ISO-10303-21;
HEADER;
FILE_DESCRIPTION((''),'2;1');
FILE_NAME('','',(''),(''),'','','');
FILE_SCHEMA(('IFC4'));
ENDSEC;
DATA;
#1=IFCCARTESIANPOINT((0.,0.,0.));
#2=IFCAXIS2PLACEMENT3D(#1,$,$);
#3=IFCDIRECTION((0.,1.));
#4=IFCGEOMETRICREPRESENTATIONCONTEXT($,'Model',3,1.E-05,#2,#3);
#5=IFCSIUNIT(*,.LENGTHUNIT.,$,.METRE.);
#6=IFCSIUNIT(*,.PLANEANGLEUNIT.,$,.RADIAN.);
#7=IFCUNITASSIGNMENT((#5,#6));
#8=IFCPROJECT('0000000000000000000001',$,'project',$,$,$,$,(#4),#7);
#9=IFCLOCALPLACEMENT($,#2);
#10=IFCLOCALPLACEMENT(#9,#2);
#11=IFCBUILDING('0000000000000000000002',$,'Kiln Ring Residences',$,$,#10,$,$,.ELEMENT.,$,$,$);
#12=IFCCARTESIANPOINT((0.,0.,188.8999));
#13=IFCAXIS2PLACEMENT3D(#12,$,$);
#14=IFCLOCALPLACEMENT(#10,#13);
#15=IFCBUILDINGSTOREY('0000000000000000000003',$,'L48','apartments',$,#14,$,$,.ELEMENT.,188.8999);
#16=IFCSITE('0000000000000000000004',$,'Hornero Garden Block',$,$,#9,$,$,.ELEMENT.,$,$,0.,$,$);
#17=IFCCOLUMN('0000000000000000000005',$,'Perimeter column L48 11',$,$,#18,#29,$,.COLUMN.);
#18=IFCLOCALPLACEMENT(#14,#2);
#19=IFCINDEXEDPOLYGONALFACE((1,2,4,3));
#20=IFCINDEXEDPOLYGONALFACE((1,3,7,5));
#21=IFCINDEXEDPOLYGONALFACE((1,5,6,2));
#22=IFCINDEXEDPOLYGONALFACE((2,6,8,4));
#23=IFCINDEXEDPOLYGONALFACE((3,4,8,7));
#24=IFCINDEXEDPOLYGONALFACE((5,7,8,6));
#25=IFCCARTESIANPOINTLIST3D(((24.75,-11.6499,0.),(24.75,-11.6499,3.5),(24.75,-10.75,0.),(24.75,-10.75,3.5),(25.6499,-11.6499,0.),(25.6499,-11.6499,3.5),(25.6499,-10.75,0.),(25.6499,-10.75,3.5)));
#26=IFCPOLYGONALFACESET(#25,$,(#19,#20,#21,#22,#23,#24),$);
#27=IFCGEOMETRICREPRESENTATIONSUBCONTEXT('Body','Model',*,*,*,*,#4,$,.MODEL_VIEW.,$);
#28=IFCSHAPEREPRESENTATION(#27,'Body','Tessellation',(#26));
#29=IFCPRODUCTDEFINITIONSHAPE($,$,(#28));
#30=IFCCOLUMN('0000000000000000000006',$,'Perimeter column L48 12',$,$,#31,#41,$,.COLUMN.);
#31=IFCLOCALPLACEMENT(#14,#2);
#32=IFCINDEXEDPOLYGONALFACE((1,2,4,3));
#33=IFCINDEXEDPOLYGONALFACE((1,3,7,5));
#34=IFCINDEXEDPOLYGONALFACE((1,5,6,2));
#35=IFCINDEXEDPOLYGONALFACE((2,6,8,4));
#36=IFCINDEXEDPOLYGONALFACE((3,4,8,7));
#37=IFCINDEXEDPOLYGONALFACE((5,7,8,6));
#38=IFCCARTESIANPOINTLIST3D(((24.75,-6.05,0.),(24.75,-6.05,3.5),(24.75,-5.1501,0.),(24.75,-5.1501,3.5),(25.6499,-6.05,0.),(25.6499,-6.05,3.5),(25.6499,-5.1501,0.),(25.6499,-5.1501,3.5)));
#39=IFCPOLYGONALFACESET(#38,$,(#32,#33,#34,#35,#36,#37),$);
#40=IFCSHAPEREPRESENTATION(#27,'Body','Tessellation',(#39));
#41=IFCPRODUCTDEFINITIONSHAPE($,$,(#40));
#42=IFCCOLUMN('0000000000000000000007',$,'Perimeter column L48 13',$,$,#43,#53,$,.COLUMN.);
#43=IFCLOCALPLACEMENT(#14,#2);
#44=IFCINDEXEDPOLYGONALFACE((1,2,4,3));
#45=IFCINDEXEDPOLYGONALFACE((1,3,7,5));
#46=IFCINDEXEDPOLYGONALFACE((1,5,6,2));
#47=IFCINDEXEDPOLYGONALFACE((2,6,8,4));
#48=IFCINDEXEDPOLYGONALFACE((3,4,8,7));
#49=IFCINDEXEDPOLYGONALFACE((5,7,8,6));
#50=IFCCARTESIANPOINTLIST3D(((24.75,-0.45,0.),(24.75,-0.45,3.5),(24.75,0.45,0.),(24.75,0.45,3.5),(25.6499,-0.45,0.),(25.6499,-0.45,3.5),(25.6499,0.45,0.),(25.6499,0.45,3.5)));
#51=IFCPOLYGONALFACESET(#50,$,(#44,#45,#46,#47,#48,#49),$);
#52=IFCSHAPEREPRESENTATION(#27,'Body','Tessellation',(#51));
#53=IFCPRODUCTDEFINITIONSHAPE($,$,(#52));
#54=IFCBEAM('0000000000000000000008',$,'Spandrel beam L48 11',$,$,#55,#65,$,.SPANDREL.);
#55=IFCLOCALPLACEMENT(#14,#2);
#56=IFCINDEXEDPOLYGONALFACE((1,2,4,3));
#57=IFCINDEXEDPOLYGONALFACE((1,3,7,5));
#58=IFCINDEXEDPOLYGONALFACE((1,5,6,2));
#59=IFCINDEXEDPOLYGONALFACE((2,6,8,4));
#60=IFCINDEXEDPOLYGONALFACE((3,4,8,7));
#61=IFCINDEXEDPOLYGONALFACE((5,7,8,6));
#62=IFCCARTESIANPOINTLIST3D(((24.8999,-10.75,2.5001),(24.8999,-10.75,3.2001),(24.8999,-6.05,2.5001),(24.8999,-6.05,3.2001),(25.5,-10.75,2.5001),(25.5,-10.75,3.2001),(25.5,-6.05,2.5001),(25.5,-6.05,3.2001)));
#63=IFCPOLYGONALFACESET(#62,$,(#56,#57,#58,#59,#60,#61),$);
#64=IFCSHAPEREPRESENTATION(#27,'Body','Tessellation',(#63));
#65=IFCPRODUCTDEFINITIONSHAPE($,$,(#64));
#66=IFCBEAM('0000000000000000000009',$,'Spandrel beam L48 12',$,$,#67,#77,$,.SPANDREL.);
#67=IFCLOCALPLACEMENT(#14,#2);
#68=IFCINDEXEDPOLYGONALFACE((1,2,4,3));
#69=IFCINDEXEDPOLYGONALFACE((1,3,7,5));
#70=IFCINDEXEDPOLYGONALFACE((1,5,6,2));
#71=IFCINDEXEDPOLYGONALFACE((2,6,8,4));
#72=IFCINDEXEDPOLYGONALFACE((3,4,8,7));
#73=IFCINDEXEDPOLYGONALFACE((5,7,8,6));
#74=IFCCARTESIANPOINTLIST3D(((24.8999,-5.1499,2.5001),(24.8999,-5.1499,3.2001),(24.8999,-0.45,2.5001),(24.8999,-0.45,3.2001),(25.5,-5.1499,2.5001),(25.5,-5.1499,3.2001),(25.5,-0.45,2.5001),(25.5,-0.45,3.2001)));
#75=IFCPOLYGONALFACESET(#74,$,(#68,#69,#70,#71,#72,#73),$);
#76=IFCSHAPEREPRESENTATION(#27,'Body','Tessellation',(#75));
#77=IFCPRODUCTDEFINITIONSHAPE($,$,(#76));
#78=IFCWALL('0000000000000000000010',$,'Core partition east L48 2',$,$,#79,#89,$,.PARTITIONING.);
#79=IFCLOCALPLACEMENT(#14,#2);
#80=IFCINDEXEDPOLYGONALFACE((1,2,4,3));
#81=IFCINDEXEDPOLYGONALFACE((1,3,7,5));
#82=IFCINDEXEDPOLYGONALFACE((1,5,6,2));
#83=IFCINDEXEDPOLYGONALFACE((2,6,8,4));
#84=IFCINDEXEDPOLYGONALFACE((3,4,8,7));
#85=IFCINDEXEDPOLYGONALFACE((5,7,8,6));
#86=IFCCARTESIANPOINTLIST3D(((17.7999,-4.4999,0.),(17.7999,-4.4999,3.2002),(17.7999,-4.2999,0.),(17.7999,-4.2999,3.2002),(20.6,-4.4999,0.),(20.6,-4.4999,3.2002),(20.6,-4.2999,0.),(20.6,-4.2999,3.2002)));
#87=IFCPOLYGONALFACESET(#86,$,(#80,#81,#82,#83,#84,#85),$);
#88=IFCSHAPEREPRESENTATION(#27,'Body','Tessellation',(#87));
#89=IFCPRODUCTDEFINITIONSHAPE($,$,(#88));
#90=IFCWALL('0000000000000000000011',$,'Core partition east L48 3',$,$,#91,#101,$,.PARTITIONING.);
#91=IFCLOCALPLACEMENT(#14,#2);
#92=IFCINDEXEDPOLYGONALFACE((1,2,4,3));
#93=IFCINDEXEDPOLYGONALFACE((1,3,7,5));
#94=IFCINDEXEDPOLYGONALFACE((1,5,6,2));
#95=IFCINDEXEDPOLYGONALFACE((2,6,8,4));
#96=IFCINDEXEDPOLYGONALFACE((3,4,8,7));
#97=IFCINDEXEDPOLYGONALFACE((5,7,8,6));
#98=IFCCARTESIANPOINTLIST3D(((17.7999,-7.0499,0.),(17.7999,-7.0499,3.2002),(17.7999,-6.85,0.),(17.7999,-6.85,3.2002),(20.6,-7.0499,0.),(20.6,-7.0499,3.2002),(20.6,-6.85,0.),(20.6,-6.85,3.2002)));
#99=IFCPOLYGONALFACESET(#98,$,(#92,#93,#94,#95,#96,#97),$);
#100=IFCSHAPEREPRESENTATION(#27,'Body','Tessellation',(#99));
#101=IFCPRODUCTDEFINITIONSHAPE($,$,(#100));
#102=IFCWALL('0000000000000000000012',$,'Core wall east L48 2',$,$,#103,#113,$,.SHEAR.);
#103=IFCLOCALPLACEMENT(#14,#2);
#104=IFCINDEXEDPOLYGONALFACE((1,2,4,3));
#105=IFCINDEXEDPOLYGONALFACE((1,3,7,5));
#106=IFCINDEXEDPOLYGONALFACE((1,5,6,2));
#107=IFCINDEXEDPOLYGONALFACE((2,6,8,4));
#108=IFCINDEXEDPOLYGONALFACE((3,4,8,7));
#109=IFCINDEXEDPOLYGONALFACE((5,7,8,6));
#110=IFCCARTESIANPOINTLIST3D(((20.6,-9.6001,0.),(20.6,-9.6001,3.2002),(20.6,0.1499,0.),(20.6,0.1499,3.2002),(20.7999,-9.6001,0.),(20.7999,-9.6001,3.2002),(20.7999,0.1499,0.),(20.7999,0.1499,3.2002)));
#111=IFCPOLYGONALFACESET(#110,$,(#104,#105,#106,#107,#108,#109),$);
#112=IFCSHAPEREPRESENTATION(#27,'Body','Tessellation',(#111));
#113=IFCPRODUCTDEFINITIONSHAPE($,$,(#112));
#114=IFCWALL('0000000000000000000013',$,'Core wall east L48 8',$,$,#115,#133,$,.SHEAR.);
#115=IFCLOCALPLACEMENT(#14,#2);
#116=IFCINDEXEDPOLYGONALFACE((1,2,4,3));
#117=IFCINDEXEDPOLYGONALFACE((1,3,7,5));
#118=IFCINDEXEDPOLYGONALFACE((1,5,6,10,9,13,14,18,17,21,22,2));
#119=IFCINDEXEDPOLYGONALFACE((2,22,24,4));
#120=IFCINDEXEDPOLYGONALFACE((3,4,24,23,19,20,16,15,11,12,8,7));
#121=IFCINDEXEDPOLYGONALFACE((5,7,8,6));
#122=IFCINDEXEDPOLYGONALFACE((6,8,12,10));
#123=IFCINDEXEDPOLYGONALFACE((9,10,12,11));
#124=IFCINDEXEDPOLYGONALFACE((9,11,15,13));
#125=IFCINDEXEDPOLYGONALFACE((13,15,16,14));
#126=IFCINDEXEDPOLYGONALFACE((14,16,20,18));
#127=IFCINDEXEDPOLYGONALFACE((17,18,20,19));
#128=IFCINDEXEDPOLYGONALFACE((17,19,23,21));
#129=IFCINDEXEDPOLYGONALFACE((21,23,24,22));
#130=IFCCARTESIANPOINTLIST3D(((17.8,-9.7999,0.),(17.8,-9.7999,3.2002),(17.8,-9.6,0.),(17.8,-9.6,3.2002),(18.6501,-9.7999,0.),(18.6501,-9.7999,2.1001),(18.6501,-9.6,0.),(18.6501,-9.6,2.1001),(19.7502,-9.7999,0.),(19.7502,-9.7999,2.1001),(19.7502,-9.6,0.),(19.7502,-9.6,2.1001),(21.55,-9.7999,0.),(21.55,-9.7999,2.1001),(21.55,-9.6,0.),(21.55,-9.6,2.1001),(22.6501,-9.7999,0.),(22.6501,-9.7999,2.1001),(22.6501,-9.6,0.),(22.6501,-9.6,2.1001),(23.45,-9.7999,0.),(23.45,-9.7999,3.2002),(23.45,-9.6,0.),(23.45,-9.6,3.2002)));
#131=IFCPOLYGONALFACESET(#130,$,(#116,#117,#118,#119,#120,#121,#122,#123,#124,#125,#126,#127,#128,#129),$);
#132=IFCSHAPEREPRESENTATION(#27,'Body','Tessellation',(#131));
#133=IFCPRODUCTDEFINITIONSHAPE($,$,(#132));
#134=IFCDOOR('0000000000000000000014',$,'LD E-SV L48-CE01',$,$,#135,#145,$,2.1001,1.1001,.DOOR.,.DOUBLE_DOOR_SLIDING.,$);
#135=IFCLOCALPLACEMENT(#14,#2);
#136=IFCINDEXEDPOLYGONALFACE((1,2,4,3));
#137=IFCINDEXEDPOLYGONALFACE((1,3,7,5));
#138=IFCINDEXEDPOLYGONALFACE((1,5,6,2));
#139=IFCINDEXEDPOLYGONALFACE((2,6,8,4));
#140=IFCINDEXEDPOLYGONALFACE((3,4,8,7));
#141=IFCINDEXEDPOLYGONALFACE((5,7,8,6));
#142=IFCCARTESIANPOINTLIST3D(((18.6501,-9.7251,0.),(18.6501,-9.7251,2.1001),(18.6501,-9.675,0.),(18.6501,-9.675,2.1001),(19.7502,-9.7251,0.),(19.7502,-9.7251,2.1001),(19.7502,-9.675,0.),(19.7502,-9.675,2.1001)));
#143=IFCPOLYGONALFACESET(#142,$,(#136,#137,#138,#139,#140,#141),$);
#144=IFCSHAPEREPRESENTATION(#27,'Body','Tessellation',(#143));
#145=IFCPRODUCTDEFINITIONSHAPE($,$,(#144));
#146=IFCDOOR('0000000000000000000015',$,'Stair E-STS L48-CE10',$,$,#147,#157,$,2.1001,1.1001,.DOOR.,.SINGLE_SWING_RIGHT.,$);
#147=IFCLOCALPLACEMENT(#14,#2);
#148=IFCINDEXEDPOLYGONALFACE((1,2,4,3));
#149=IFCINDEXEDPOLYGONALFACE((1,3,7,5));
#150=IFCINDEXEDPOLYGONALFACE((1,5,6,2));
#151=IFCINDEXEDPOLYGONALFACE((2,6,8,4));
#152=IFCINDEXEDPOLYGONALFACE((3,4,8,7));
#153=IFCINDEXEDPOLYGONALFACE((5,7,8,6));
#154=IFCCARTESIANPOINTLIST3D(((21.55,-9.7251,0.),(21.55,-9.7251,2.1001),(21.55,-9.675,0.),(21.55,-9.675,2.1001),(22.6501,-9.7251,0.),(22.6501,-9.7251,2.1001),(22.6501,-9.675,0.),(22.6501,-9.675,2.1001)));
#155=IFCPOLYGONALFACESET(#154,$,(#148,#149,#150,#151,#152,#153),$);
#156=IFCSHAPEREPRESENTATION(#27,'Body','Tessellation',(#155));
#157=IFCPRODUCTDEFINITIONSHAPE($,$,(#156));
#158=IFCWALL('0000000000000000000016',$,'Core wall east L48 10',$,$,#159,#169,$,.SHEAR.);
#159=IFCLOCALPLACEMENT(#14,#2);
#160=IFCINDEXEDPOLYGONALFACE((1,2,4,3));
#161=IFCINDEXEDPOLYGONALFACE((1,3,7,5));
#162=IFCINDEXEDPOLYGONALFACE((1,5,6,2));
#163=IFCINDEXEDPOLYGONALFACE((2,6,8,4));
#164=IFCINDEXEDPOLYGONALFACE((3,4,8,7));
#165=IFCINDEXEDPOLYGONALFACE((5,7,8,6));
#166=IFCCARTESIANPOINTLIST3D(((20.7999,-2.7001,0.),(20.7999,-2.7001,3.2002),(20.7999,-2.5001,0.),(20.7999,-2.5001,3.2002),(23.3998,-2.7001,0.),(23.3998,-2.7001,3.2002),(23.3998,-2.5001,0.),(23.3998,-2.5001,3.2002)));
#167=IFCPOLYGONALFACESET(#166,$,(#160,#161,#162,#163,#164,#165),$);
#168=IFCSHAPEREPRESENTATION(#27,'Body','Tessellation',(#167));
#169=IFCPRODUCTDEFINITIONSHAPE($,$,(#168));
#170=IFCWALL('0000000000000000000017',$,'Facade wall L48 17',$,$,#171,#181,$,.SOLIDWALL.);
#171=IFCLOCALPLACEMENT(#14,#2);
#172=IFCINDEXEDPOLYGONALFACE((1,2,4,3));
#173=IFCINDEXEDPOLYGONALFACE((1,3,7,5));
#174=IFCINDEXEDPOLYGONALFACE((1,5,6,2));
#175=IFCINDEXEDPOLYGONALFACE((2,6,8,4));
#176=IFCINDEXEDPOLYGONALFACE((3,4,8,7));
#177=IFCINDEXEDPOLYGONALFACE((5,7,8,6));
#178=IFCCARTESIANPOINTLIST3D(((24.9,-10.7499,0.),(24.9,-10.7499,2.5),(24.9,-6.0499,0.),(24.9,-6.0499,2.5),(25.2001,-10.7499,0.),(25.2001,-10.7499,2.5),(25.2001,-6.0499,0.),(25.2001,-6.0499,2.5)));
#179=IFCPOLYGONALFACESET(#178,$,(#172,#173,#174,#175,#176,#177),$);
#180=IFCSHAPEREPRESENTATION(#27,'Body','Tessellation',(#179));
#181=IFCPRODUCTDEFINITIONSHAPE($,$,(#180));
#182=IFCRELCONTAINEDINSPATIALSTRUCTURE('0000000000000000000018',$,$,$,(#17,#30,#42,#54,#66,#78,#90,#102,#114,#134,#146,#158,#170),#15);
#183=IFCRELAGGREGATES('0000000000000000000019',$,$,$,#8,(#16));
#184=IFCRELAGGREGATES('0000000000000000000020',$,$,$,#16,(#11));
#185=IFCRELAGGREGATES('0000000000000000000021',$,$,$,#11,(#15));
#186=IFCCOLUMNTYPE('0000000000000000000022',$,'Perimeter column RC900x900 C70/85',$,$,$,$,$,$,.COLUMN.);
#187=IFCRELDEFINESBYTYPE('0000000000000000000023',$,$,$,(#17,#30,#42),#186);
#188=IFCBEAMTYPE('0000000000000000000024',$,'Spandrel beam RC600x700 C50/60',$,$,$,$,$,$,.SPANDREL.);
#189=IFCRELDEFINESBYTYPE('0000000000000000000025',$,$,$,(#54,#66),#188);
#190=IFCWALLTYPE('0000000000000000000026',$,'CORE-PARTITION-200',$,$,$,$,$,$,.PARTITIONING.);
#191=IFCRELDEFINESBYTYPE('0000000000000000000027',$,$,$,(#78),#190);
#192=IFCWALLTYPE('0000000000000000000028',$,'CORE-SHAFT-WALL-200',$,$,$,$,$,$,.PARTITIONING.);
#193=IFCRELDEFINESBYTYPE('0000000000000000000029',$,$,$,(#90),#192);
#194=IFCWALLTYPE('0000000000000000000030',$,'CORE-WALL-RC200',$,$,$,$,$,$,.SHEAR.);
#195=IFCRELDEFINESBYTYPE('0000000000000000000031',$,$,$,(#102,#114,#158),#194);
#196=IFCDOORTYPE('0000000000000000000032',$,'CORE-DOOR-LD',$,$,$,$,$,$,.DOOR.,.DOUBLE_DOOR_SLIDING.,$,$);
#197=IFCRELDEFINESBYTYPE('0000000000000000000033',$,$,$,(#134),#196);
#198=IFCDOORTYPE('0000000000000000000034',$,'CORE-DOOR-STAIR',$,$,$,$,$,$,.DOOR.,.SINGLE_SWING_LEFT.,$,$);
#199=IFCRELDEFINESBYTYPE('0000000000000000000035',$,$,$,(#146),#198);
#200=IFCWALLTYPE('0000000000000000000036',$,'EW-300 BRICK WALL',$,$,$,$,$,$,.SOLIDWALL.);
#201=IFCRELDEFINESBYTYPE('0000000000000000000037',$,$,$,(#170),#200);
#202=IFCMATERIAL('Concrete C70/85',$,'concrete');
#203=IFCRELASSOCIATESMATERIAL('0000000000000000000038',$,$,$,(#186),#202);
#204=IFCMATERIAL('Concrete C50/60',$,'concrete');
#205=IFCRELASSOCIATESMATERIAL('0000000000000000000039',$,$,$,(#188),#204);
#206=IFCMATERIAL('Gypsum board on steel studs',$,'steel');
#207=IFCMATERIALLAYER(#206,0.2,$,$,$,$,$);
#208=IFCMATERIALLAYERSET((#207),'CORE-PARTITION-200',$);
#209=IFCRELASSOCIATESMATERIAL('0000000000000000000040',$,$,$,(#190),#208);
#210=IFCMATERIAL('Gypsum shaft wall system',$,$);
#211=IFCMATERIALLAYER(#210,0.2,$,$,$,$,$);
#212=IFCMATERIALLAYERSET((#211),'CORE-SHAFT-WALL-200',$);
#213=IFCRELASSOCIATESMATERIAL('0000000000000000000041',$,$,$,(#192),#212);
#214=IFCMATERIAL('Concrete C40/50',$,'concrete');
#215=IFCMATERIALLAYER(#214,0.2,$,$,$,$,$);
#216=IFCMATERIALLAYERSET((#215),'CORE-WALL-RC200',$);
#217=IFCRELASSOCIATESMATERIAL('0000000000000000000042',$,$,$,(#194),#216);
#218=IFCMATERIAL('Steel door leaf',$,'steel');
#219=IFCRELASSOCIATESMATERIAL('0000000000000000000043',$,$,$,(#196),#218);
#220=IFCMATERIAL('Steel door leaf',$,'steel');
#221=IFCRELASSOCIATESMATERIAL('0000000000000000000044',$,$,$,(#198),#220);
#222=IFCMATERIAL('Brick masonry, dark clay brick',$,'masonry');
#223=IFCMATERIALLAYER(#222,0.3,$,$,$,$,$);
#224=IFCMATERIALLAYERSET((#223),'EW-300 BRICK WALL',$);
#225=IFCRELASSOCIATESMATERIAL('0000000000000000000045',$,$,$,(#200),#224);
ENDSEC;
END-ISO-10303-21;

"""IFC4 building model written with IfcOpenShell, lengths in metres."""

from ifc_helpers import new_model, si_unit, direction, frame, frame_2d, origin, origin_2d, place, context, subcontext, project, spatial, rectangle, extrude, material, layer, layer_set, material_profile, profile_set, type_object, element, fill, save


model = new_model("IFC4")

# Units and contexts
model_context = context("Model", 3, precision=1e-05, world=origin(), true_north=direction((0.0, 1.0)))
body_context = subcontext(model_context, "Body", "Model", "MODEL_VIEW")
ifc_project = project(units=[si_unit("LENGTHUNIT", "METRE"), si_unit("PLANEANGLEUNIT", "RADIAN")], contexts=[model_context])

# Site, building, storey
site_placement = place(None, origin())
site = spatial("IfcSite", under=ifc_project, at=site_placement, Name="Hornero Garden Block", CompositionType="ELEMENT", RefElevation=0.0)
building_placement = place(site_placement, origin())
building = spatial("IfcBuilding", under=site, at=building_placement, Name="Kiln Ring Residences", CompositionType="ELEMENT")
storey_placement = place(building_placement, frame((0.0, 0.0, 188.8999)))
storey = spatial("IfcBuildingStorey", under=building, at=storey_placement, Name="L48", Description="apartments", CompositionType="ELEMENT", Elevation=188.8999)

# Columns
ifc_material_1 = material(Name="Concrete C70/85", Category="concrete")
ifc_material_profile_1 = material_profile(ifc_material_1, rectangle(XDim=0.8999, YDim=0.8999, at=origin_2d()), Name="RC900x900")
ifc_profile_set_1 = profile_set([ifc_material_profile_1], Name="Concrete C70/85")
column_type = type_object("IfcColumnType", Name="Perimeter column RC900x900 C70/85", PredefinedType="COLUMN", material=ifc_profile_set_1)
for number, where, z_axis, x_axis, name in (
    (1, (25.2, -11.2, 0.0), (0.0, 0.0, 1.0), (1.0, 0.0, 0.0), "Perimeter column L48 11"),
    (2, (25.2, -5.6001, 0.0), (0.0, 0.0, 1.0), (1.0, 0.0, 0.0), "Perimeter column L48 12"),
    (3, (25.2, 0.0, 0.0), (0.0, 0.0, 1.0), (1.0, 0.0, 0.0), "Perimeter column L48 13"),
):
    element("IfcColumn", number, at=place(storey_placement, frame(where, z_axis=z_axis, x_axis=x_axis)), inside=storey, type_object=column_type, Name=name, PredefinedType="COLUMN", context=body_context, shape_type="SweptSolid", body=[
        extrude(rectangle(XDim=0.8999, YDim=0.8999, at=origin_2d()), origin(), (0.0, 0.0, 1.0), 3.5),
    ])

# Beams
ifc_material_2 = material(Name="Concrete C50/60", Category="concrete")
ifc_material_profile_2 = material_profile(ifc_material_2, rectangle(XDim=0.6001, YDim=0.7, at=origin_2d()), Name="RC600x700")
ifc_profile_set_2 = profile_set([ifc_material_profile_2], Name="Concrete C50/60")
beam_type = type_object("IfcBeamType", Name="Spandrel beam RC600x700 C50/60", PredefinedType="SPANDREL", material=ifc_profile_set_2)
for number, where, z_axis, x_axis, name in (
    (4, (25.2, -10.75, 2.8501), (0.0, 1.0, 0.0), (-1.0, 0.0, 0.0), "Spandrel beam L48 11"),
    (5, (25.2, -5.1499, 2.8501), (0.0, 1.0, 0.0), (-1.0, 0.0, 0.0), "Spandrel beam L48 12"),
):
    element("IfcBeam", number, at=place(storey_placement, frame(where, z_axis=z_axis, x_axis=x_axis)), inside=storey, type_object=beam_type, Name=name, PredefinedType="SPANDREL", context=body_context, shape_type="SweptSolid", body=[
        extrude(rectangle(XDim=0.6001, YDim=0.7, at=origin_2d()), origin(), (0.0, 0.0, 1.0), 4.7),
    ])

# Walls
ifc_material_3 = material(Name="Gypsum board on steel studs", Category="steel")
ifc_layer_1 = layer(ifc_material_3, 0.2)
ifc_layer_set_1 = layer_set([ifc_layer_1], Name="CORE-PARTITION-200")
wall_type_1 = type_object("IfcWallType", Name="CORE-PARTITION-200", PredefinedType="PARTITIONING", material=ifc_layer_set_1)
wall_1_placement = place(storey_placement, frame((17.8, -4.3999, 0.0), z_axis=(0.0, 0.0, 1.0), x_axis=(1.0, 0.0, 0.0)))
element("IfcWall", 6, at=wall_1_placement, inside=storey, type_object=wall_type_1, Name="Core partition east L48 2", PredefinedType="PARTITIONING", context=body_context, shape_type="SweptSolid", body=[
    extrude(rectangle(XDim=2.8, YDim=0.2, at=frame_2d((1.3999, 0.0))), origin(), (0.0, 0.0, 1.0), 3.2002),
])
ifc_material_4 = material(Name="Gypsum shaft wall system")
ifc_layer_2 = layer(ifc_material_4, 0.2)
ifc_layer_set_2 = layer_set([ifc_layer_2], Name="CORE-SHAFT-WALL-200")
wall_type_2 = type_object("IfcWallType", Name="CORE-SHAFT-WALL-200", PredefinedType="PARTITIONING", material=ifc_layer_set_2)
wall_2_placement = place(storey_placement, frame((17.8, -6.95, 0.0), z_axis=(0.0, 0.0, 1.0), x_axis=(1.0, 0.0, 0.0)))
element("IfcWall", 7, at=wall_2_placement, inside=storey, type_object=wall_type_2, Name="Core partition east L48 3", PredefinedType="PARTITIONING", context=body_context, shape_type="SweptSolid", body=[
    extrude(rectangle(XDim=2.8, YDim=0.2, at=frame_2d((1.3999, 0.0))), origin(), (0.0, 0.0, 1.0), 3.2002),
])
ifc_material_5 = material(Name="Concrete C40/50", Category="concrete")
ifc_layer_3 = layer(ifc_material_5, 0.2)
ifc_layer_set_3 = layer_set([ifc_layer_3], Name="CORE-WALL-RC200")
wall_type_3 = type_object("IfcWallType", Name="CORE-WALL-RC200", PredefinedType="SHEAR", material=ifc_layer_set_3)
wall_3_placement = place(storey_placement, frame((20.7, -9.6001, 0.0), z_axis=(0.0, 0.0, 1.0), x_axis=(0.0, 1.0, 0.0)))
element("IfcWall", 8, at=wall_3_placement, inside=storey, type_object=wall_type_3, Name="Core wall east L48 2", PredefinedType="SHEAR", context=body_context, shape_type="SweptSolid", body=[
    extrude(rectangle(XDim=9.75, YDim=0.2, at=frame_2d((4.875, 0.0))), origin(), (0.0, 0.0, 1.0), 3.2002),
])

# Wall, openings, doors
wall_4_placement = place(storey_placement, frame((17.8, -9.7, 0.0), z_axis=(0.0, 0.0, 1.0), x_axis=(1.0, 0.0, 0.0)))
wall_4 = element("IfcWall", 9, at=wall_4_placement, inside=storey, type_object=wall_type_3, Name="Core wall east L48 8", PredefinedType="SHEAR", context=body_context, shape_type="SweptSolid", body=[
    extrude(rectangle(XDim=5.6499, YDim=0.2, at=frame_2d((2.825, 0.0))), origin(), (0.0, 0.0, 1.0), 3.2002),
])
opening_1_placement = place(wall_4_placement, frame((0.8501, 0.0, 0.0)))
opening_1 = element("IfcOpeningElement", 10, at=opening_1_placement, cuts=wall_4, PredefinedType="OPENING", context=body_context, shape_type="SweptSolid", body=[
    extrude(rectangle(XDim=1.1001, YDim=2.1001, at=frame_2d((0.55, 1.05))), frame((0.0, 0.1099, 0.0), z_axis=(0.0, -1.0, 0.0), x_axis=(1.0, 0.0, 0.0)), (0.0, 0.0, 1.0), 0.22),
])
opening_2_placement = place(wall_4_placement, frame((3.75, 0.0, 0.0)))
opening_2 = element("IfcOpeningElement", 11, at=opening_2_placement, cuts=wall_4, PredefinedType="OPENING", context=body_context, shape_type="SweptSolid", body=[
    extrude(rectangle(XDim=1.1001, YDim=2.1001, at=frame_2d((0.55, 1.05))), frame((0.0, 0.1099, 0.0), z_axis=(0.0, -1.0, 0.0), x_axis=(1.0, 0.0, 0.0)), (0.0, 0.0, 1.0), 0.22),
])
ifc_material_6 = material(Name="Steel door leaf", Category="steel")
door_type_1 = type_object("IfcDoorType", Name="CORE-DOOR-LD", OperationType="DOUBLE_DOOR_SLIDING", PredefinedType="DOOR", material=ifc_material_6)
door_1_placement = place(opening_1_placement, origin())
door_1 = element("IfcDoor", 12, at=door_1_placement, inside=storey, type_object=door_type_1, Name="LD E-SV L48-CE01", OperationType="DOUBLE_DOOR_SLIDING", OverallHeight=2.1001, OverallWidth=1.1001, PredefinedType="DOOR", context=body_context, shape_type="SweptSolid", body=[
    extrude(rectangle(XDim=1.1001, YDim=2.1001, at=frame_2d((0.55, 1.05))), frame((0.0, 0.0249, 0.0), z_axis=(0.0, -1.0, 0.0), x_axis=(1.0, 0.0, 0.0)), (0.0, 0.0, 1.0), 0.05),
])
fill(opening_1, door_1)
ifc_material_7 = material(Name="Steel door leaf", Category="steel")
door_type_2 = type_object("IfcDoorType", Name="CORE-DOOR-STAIR", OperationType="SINGLE_SWING_LEFT", PredefinedType="DOOR", material=ifc_material_7)
door_2_placement = place(opening_2_placement, origin())
door_2 = element("IfcDoor", 13, at=door_2_placement, inside=storey, type_object=door_type_2, Name="Stair E-STS L48-CE10", OperationType="SINGLE_SWING_RIGHT", OverallHeight=2.1001, OverallWidth=1.1001, PredefinedType="DOOR", context=body_context, shape_type="SweptSolid", body=[
    extrude(rectangle(XDim=1.1001, YDim=2.1001, at=frame_2d((0.55, 1.05))), frame((0.0, 0.0249, 0.0), z_axis=(0.0, -1.0, 0.0), x_axis=(1.0, 0.0, 0.0)), (0.0, 0.0, 1.0), 0.05),
])
fill(opening_2, door_2)

# Walls
wall_5_placement = place(storey_placement, frame((20.8, -2.6001, 0.0), z_axis=(0.0, 0.0, 1.0), x_axis=(1.0, 0.0, 0.0)))
element("IfcWall", 14, at=wall_5_placement, inside=storey, type_object=wall_type_3, Name="Core wall east L48 10", PredefinedType="SHEAR", context=body_context, shape_type="SweptSolid", body=[
    extrude(rectangle(XDim=2.5999, YDim=0.2, at=frame_2d((1.2998, 0.0))), origin(), (0.0, 0.0, 1.0), 3.2002),
])
ifc_material_8 = material(Name="Brick masonry, dark clay brick", Category="masonry")
ifc_layer_4 = layer(ifc_material_8, 0.3)
ifc_layer_set_4 = layer_set([ifc_layer_4], Name="EW-300 BRICK WALL")
wall_type_4 = type_object("IfcWallType", Name="EW-300 BRICK WALL", PredefinedType="SOLIDWALL", material=ifc_layer_set_4)
for number, where, z_axis, x_axis, name in (
    (15, (25.05, -10.75, 0.0), (0.0, 0.0, 1.0), (0.0, 1.0, 0.0), "Facade wall L48 17"),
):
    element("IfcWall", number, at=place(storey_placement, frame(where, z_axis=z_axis, x_axis=x_axis)), inside=storey, type_object=wall_type_4, Name=name, PredefinedType="SOLIDWALL", context=body_context, shape_type="SweptSolid", body=[
        extrude(rectangle(XDim=4.7, YDim=0.3, at=frame_2d((2.3501, 0.0))), origin(), (0.0, 0.0, 1.0), 2.5),
    ])

save(model, "model.ifc")
